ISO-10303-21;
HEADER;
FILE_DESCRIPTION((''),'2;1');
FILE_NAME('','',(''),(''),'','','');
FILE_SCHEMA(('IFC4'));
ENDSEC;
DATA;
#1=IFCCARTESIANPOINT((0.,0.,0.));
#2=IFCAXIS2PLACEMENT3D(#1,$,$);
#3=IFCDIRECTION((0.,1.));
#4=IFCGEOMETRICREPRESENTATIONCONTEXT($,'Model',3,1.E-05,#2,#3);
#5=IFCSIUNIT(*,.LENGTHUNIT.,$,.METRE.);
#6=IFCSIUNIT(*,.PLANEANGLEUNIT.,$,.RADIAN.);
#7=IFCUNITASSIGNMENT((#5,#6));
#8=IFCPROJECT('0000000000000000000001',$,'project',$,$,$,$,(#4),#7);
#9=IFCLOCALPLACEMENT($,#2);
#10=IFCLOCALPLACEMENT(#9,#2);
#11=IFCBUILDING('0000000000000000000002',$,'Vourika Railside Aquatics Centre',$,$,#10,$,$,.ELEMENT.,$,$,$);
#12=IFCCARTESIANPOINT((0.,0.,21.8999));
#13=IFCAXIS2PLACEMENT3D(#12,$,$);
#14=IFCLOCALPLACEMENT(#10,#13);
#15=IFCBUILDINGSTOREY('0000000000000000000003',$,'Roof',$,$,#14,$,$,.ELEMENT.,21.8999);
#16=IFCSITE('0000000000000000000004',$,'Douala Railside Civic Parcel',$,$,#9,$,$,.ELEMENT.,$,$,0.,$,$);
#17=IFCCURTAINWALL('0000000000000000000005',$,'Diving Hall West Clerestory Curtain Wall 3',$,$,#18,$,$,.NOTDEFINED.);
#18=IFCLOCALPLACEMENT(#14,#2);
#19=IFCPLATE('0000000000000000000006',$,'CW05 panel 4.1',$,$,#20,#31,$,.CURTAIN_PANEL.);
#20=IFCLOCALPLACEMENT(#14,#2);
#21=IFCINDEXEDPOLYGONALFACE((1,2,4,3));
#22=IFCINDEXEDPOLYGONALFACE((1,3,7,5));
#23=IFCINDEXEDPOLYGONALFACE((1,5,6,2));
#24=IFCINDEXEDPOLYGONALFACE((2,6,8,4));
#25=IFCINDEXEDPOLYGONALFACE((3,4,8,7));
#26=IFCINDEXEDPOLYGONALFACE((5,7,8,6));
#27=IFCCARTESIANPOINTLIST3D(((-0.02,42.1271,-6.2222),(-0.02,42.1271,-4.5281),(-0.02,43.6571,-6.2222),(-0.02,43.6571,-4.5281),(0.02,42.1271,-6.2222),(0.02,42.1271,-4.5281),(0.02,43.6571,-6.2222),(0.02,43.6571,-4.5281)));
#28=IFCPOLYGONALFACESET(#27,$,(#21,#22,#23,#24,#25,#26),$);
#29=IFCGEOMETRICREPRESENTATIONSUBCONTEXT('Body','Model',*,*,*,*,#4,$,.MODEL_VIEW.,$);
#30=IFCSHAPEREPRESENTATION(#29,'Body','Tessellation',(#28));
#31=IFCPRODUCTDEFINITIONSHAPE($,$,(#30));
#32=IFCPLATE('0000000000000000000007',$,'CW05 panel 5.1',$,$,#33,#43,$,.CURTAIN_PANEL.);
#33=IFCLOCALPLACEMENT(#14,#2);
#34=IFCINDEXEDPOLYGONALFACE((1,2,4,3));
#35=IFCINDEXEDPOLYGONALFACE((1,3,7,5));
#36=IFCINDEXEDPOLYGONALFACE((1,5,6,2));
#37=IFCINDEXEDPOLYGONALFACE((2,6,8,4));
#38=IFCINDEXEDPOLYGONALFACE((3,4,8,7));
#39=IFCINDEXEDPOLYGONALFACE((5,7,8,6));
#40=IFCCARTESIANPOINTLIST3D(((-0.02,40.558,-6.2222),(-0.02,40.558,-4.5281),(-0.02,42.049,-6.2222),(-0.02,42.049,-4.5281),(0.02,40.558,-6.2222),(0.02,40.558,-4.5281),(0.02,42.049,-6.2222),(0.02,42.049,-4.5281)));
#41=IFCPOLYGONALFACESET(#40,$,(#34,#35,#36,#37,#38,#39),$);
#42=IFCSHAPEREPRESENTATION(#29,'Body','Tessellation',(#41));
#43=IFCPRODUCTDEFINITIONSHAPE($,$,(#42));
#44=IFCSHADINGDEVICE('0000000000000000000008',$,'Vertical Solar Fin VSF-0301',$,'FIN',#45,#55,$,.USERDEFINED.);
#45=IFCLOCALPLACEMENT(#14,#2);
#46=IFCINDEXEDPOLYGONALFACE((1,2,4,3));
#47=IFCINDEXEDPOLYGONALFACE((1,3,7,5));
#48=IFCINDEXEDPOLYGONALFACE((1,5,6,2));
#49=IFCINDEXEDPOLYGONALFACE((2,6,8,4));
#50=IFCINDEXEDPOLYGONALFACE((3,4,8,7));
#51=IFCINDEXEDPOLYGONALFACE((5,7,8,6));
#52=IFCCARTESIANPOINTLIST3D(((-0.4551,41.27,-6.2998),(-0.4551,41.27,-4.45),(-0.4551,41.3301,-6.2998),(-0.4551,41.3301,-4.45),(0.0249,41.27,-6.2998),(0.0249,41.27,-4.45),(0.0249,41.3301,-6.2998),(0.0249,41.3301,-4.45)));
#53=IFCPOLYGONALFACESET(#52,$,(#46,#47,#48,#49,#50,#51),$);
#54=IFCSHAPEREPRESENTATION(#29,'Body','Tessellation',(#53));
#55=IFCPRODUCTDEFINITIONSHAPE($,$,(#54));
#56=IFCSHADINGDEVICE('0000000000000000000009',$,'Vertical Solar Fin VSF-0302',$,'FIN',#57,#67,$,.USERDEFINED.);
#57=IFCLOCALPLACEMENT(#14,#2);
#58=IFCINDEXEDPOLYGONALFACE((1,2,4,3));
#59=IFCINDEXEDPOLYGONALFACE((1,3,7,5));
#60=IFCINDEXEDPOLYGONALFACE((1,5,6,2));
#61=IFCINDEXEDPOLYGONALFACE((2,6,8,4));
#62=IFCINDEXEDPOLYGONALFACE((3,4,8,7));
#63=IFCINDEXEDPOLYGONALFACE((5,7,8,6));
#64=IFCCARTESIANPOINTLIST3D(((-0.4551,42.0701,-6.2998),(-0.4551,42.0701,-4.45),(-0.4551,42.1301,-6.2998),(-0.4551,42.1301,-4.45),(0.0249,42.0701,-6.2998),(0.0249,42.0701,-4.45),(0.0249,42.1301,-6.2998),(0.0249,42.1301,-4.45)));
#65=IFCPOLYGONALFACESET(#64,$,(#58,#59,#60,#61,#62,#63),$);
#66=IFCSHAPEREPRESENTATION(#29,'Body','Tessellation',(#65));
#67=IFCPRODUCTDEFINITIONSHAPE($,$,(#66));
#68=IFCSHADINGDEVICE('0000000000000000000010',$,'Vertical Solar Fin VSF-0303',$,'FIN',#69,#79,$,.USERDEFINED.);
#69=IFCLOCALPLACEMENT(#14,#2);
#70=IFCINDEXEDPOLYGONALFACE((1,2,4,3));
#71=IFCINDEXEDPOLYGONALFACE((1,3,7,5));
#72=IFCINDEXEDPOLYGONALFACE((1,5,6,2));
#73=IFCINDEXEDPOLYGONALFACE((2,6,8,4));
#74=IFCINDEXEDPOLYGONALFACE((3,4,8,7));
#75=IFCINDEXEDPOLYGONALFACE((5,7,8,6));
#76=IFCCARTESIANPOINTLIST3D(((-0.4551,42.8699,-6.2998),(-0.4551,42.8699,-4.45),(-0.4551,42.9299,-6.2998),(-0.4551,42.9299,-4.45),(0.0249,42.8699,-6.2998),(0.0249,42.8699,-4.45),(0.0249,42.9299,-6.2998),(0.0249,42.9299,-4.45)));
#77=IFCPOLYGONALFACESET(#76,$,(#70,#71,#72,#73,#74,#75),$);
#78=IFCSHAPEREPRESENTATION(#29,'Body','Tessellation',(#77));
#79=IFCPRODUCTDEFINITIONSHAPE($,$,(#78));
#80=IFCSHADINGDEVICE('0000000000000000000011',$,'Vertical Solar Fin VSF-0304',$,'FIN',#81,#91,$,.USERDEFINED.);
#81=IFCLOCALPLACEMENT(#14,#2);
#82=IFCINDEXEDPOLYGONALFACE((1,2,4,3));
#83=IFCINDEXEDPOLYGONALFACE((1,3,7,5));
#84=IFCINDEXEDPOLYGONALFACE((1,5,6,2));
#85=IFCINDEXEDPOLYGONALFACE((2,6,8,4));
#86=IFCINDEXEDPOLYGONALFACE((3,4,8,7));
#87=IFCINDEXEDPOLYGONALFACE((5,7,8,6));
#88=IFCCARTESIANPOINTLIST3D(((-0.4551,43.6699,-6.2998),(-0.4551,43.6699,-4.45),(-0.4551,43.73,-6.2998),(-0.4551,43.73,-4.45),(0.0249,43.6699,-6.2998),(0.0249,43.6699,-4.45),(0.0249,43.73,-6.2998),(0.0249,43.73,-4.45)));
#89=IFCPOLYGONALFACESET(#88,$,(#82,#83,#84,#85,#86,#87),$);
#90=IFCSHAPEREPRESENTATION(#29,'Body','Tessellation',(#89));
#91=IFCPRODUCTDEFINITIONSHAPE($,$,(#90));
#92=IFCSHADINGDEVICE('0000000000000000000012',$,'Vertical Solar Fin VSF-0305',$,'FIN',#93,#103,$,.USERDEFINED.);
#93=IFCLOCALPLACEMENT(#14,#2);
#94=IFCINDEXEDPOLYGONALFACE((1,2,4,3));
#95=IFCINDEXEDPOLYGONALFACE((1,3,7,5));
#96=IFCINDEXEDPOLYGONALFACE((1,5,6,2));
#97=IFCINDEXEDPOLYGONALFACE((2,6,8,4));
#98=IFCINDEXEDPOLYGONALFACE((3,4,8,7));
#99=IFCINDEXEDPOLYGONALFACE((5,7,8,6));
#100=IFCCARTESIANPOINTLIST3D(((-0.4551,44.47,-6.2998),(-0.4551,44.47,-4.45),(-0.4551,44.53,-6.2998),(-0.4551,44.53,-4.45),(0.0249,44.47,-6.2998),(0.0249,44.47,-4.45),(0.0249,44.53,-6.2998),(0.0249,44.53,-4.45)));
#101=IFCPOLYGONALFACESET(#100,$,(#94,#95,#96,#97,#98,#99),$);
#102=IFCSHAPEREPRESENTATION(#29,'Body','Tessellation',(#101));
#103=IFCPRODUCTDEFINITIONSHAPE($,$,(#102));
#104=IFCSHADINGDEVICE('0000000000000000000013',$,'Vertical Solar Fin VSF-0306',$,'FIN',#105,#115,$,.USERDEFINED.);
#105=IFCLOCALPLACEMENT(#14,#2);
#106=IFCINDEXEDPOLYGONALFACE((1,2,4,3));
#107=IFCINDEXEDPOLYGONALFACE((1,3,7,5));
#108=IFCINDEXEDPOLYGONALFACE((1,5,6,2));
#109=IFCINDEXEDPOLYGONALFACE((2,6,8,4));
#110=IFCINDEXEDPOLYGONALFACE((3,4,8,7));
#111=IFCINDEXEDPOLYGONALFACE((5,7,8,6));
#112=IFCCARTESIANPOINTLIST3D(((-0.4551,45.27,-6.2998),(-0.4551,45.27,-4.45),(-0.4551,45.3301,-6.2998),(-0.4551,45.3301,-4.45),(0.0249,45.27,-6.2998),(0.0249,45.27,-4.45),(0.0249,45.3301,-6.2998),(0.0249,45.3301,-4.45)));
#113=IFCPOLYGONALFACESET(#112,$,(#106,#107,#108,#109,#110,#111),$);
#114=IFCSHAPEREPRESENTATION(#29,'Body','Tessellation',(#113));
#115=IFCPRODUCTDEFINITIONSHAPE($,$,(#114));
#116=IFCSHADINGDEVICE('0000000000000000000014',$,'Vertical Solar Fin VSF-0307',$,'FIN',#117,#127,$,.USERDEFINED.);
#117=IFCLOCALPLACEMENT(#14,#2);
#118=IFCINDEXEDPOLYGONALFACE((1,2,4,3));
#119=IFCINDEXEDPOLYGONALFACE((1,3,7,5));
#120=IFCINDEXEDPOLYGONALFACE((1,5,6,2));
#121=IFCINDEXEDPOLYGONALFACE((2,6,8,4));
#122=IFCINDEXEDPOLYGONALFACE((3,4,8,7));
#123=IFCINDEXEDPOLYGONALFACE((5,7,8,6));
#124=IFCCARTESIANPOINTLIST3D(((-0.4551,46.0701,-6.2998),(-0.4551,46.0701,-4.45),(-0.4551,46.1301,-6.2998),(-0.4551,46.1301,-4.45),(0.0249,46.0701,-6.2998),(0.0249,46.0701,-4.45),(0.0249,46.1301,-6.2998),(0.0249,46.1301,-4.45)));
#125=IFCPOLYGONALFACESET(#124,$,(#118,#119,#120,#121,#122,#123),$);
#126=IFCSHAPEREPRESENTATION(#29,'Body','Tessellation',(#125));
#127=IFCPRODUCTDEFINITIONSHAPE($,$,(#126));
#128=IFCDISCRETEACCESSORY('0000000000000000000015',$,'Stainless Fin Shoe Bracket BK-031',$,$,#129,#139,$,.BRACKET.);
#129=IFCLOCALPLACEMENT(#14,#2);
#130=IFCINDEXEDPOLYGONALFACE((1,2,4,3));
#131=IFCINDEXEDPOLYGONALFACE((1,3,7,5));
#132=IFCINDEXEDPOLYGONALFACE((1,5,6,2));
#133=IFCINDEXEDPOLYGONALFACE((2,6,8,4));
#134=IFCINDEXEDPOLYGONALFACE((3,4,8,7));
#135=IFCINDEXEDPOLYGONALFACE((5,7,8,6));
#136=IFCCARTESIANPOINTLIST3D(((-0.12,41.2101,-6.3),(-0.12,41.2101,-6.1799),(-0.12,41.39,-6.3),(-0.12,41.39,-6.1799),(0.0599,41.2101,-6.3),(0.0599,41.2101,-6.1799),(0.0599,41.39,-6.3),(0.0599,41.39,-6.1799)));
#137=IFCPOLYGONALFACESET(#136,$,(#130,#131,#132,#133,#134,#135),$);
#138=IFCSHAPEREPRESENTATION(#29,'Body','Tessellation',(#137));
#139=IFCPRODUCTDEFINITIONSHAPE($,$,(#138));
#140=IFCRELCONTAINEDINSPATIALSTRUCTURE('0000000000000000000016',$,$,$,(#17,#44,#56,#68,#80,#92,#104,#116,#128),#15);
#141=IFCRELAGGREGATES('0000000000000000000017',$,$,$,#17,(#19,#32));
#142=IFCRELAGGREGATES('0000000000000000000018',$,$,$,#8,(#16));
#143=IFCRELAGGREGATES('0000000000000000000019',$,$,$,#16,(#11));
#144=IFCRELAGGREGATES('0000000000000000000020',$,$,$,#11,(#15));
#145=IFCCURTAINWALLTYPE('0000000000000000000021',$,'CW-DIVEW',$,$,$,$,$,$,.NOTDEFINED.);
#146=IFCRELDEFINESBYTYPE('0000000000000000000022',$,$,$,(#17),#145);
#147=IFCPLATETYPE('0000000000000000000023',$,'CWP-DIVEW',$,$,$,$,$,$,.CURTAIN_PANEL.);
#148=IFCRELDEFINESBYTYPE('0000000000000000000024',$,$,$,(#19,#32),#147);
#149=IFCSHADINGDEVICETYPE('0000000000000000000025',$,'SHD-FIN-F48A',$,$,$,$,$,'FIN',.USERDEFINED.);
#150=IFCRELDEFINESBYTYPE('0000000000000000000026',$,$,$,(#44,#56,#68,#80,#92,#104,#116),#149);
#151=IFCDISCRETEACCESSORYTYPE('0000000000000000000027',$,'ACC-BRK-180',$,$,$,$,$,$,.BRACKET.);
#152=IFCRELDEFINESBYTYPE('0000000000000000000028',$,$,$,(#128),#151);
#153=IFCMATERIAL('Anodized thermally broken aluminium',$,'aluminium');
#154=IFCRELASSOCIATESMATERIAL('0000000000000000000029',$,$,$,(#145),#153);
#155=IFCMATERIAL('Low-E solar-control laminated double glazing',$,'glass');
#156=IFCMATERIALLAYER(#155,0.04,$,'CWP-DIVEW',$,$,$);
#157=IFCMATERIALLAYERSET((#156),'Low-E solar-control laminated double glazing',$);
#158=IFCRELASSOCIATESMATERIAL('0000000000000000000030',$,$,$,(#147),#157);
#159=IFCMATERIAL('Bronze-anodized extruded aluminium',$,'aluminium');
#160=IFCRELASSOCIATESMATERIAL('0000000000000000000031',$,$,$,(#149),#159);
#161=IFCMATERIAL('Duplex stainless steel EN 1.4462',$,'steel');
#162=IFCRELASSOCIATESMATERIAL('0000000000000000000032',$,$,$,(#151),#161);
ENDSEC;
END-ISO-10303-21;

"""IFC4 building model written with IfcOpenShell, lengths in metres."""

from ifc_helpers import new_model, si_unit, direction, frame, origin, origin_2d, place, context, subcontext, project, spatial, rectangle, extrude, material, layer, layer_set, material_profile, profile_set, type_object, element, aggregate, save


model = new_model("IFC4")

# Units and contexts
model_context = context("Model", 3, precision=1e-05, world=origin(), true_north=direction((0.0, 1.0)))
body_context = subcontext(model_context, "Body", "Model", "MODEL_VIEW")
ifc_project = project(units=[si_unit("LENGTHUNIT", "METRE"), si_unit("PLANEANGLEUNIT", "RADIAN")], contexts=[model_context])

# Site, building, storey
site_placement = place(None, origin())
site = spatial("IfcSite", under=ifc_project, at=site_placement, Name="Douala Railside Civic Parcel", CompositionType="ELEMENT", RefElevation=0.0)
building_placement = place(site_placement, origin())
building = spatial("IfcBuilding", under=site, at=building_placement, Name="Vourika Railside Aquatics Centre", CompositionType="ELEMENT")
storey_placement = place(building_placement, frame((0.0, 0.0, 21.8999)))
storey = spatial("IfcBuildingStorey", under=building, at=storey_placement, Name="Roof", CompositionType="ELEMENT", Elevation=21.8999)

# Curtain wall, plates
ifc_material_1 = material(Name="Anodized thermally broken aluminium", Category="aluminium")
curtain_wall_type = type_object("IfcCurtainWallType", Name="CW-DIVEW", PredefinedType="NOTDEFINED", material=ifc_material_1)
curtain_wall_placement = place(storey_placement, origin())
curtain_wall = element("IfcCurtainWall", 1, at=curtain_wall_placement, inside=storey, type_object=curtain_wall_type, Name="Diving Hall West Clerestory Curtain Wall 3", PredefinedType="NOTDEFINED")
ifc_material_2 = material(Name="Low-E solar-control laminated double glazing", Category="glass")
ifc_layer = layer(ifc_material_2, 0.04, Name="CWP-DIVEW")
ifc_layer_set = layer_set([ifc_layer], Name="Low-E solar-control laminated double glazing")
plate_type = type_object("IfcPlateType", Name="CWP-DIVEW", PredefinedType="CURTAIN_PANEL", material=ifc_layer_set)
plate_1_placement = place(storey_placement, frame((0.0, 42.8921, -6.2222), z_axis=(0.0, 0.0, 1.0), x_axis=(0.0, -1.0, 0.0)))
plate_1 = element("IfcPlate", 2, at=plate_1_placement, type_object=plate_type, Name="CW05 panel 4.1", PredefinedType="CURTAIN_PANEL", context=body_context, shape_type="SweptSolid", body=[
    extrude(rectangle(XDim=1.53, YDim=0.04, at=origin_2d()), origin(), (0.0, 0.0, 1.0), 1.6941),
])
plate_2_placement = place(storey_placement, frame((0.0, 41.3035, -6.2222), z_axis=(0.0, 0.0, 1.0), x_axis=(0.0, -1.0, 0.0)))
plate_2 = element("IfcPlate", 3, at=plate_2_placement, type_object=plate_type, Name="CW05 panel 5.1", PredefinedType="CURTAIN_PANEL", context=body_context, shape_type="SweptSolid", body=[
    extrude(rectangle(XDim=1.491, YDim=0.04, at=origin_2d()), origin(), (0.0, 0.0, 1.0), 1.6941),
])
aggregate(curtain_wall, [plate_1, plate_2])

# Shading devices
ifc_material_3 = material(Name="Bronze-anodized extruded aluminium", Category="aluminium")
ifc_material_profile_1 = material_profile(ifc_material_3, rectangle(XDim=0.0601, YDim=0.48, at=origin_2d()), Name="ALU-FIN 60x480")
ifc_profile_set_1 = profile_set([ifc_material_profile_1], Name="Bronze-anodized extruded aluminium")
shading_device_type = type_object("IfcShadingDeviceType", Name="SHD-FIN-F48A", ElementType="FIN", PredefinedType="USERDEFINED", material=ifc_profile_set_1)
for number, where, z_axis, x_axis, name in (
    (4, (-0.2151, 41.3, -6.2998), (0.0, 0.0, 1.0), (0.0, 1.0, 0.0), "Vertical Solar Fin VSF-0301"),
    (5, (-0.2151, 42.1001, -6.2998), (0.0, 0.0, 1.0), (0.0, 1.0, 0.0), "Vertical Solar Fin VSF-0302"),
    (6, (-0.2151, 42.8999, -6.2998), (0.0, 0.0, 1.0), (0.0, 1.0, 0.0), "Vertical Solar Fin VSF-0303"),
    (7, (-0.2151, 43.7, -6.2998), (0.0, 0.0, 1.0), (0.0, 1.0, 0.0), "Vertical Solar Fin VSF-0304"),
    (8, (-0.2151, 44.5, -6.2998), (0.0, 0.0, 1.0), (0.0, 1.0, 0.0), "Vertical Solar Fin VSF-0305"),
    (9, (-0.2151, 45.3, -6.2998), (0.0, 0.0, 1.0), (0.0, 1.0, 0.0), "Vertical Solar Fin VSF-0306"),
    (10, (-0.2151, 46.1001, -6.2998), (0.0, 0.0, 1.0), (0.0, 1.0, 0.0), "Vertical Solar Fin VSF-0307"),
):
    element("IfcShadingDevice", number, at=place(storey_placement, frame(where, z_axis=z_axis, x_axis=x_axis)), inside=storey, type_object=shading_device_type, Name=name, ObjectType="FIN", PredefinedType="USERDEFINED", context=body_context, shape_type="SweptSolid", body=[
        extrude(rectangle(XDim=0.0601, YDim=0.48, at=origin_2d()), origin(), (0.0, 0.0, 1.0), 1.8499),
    ])

# Discrete accessory
ifc_material_4 = material(Name="Duplex stainless steel EN 1.4462", Category="steel")
discrete_accessory_type = type_object("IfcDiscreteAccessoryType", Name="ACC-BRK-180", PredefinedType="BRACKET", material=ifc_material_4)
discrete_accessory_placement = place(storey_placement, frame((-0.03, 41.3, -6.3), z_axis=(0.0, 0.0, 1.0), x_axis=(-1.0, 0.0, 0.0)))
element("IfcDiscreteAccessory", 11, at=discrete_accessory_placement, inside=storey, type_object=discrete_accessory_type, Name="Stainless Fin Shoe Bracket BK-031", PredefinedType="BRACKET", context=body_context, shape_type="SweptSolid", body=[
    extrude(rectangle(XDim=0.1799, YDim=0.1799, at=origin_2d()), origin(), (0.0, 0.0, 1.0), 0.1201),
])

save(model, "model.ifc")
